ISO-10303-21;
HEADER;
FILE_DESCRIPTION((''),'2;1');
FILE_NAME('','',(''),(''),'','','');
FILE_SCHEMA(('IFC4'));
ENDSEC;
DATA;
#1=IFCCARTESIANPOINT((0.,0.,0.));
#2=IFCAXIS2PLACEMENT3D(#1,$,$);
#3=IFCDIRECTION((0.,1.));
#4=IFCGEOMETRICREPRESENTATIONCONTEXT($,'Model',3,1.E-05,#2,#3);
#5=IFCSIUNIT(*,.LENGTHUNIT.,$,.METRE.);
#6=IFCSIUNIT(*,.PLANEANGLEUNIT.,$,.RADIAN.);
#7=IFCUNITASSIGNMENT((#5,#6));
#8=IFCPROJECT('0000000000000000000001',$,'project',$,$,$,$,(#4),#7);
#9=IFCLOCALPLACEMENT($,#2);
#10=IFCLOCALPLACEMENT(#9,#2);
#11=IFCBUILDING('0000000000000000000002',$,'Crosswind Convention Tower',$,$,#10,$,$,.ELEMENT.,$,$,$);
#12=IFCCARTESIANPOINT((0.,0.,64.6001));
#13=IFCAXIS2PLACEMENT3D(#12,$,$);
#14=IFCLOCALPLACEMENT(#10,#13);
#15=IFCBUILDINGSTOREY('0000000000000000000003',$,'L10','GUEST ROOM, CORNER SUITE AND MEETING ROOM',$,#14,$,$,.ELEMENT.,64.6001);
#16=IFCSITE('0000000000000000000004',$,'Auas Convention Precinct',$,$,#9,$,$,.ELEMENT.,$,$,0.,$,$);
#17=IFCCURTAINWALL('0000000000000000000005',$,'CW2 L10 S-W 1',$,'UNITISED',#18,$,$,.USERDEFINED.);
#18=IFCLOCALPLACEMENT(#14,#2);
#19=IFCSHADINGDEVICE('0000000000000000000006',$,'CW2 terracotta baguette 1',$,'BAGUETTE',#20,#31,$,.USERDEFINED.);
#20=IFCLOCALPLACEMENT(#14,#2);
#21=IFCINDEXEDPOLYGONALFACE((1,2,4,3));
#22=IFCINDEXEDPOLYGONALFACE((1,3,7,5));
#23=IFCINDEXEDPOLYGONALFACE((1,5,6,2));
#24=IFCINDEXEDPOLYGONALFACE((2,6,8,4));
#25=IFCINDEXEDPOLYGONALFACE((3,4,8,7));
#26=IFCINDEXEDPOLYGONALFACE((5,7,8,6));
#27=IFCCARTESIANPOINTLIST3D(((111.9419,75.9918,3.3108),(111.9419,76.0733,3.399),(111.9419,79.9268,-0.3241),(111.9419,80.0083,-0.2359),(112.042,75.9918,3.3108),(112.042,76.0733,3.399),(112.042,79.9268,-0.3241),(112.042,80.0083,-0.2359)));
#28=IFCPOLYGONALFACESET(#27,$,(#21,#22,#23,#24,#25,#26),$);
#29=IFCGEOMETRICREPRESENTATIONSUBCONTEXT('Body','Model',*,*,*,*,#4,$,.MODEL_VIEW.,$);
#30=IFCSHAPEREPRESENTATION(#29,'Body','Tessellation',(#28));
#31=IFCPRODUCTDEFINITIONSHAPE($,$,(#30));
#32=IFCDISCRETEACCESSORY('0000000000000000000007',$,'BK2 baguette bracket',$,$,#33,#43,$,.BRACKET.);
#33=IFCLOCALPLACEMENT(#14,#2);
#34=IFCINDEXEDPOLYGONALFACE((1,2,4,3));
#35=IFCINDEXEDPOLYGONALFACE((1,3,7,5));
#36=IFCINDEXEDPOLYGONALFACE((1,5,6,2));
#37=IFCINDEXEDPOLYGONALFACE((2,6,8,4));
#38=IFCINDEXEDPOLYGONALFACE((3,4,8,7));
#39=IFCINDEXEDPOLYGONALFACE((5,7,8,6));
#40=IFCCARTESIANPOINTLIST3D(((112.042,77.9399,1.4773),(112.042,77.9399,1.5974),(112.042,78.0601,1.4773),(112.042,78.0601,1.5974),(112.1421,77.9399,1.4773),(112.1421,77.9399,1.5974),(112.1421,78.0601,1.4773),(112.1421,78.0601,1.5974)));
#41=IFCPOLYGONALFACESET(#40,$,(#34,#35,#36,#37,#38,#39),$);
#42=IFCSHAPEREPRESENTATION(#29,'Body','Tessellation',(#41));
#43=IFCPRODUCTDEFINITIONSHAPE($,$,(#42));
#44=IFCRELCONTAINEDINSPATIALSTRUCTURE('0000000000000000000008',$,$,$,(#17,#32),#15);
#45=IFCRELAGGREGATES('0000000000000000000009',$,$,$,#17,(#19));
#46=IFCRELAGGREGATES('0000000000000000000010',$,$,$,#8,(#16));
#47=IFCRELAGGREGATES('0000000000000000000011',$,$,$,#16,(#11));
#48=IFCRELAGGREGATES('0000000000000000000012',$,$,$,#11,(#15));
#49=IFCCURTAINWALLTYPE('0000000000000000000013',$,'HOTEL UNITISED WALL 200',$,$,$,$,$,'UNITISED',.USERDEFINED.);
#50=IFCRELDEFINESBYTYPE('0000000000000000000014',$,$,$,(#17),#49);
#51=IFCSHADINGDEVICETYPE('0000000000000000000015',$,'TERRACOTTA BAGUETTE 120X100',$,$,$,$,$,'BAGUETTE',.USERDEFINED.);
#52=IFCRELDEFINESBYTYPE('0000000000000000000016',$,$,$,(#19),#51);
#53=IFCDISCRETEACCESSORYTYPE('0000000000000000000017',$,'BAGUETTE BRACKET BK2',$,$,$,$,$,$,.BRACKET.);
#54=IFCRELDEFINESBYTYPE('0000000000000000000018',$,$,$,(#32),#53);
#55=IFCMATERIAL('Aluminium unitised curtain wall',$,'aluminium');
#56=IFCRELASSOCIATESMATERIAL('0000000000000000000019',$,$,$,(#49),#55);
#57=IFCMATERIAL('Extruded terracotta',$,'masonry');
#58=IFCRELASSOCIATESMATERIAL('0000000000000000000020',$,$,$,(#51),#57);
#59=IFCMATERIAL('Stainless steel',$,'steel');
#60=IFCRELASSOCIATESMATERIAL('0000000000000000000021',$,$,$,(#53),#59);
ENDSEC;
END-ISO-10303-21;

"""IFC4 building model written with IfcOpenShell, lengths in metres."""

from ifc_helpers import new_model, si_unit, direction, frame, origin, origin_2d, place, context, subcontext, project, spatial, rectangle, extrude, material, material_profile, profile_set, type_object, element, aggregate, save


model = new_model("IFC4")

# Units and contexts
model_context = context("Model", 3, precision=1e-05, world=origin(), true_north=direction((0.0, 1.0)))
body_context = subcontext(model_context, "Body", "Model", "MODEL_VIEW")
ifc_project = project(units=[si_unit("LENGTHUNIT", "METRE"), si_unit("PLANEANGLEUNIT", "RADIAN")], contexts=[model_context])

# Site, building, storey
site_placement = place(None, origin())
site = spatial("IfcSite", under=ifc_project, at=site_placement, Name="Auas Convention Precinct", CompositionType="ELEMENT", RefElevation=0.0)
building_placement = place(site_placement, origin())
building = spatial("IfcBuilding", under=site, at=building_placement, Name="Crosswind Convention Tower", CompositionType="ELEMENT")
storey_placement = place(building_placement, frame((0.0, 0.0, 64.6001)))
storey = spatial("IfcBuildingStorey", under=building, at=storey_placement, Name="L10", Description="GUEST ROOM, CORNER SUITE AND MEETING ROOM", CompositionType="ELEMENT", Elevation=64.6001)

# Shared definitions
ifc_material_1 = material(Name="Aluminium unitised curtain wall", Category="aluminium")

# Curtain wall
curtain_wall_type_1 = type_object("IfcCurtainWallType", Name="HOTEL UNITISED WALL 200", ElementType="UNITISED", PredefinedType="USERDEFINED", material=ifc_material_1)
curtain_wall_1_placement = place(storey_placement, origin())
curtain_wall_1 = element("IfcCurtainWall", 1, at=curtain_wall_1_placement, inside=storey, type_object=curtain_wall_type_1, Name="CW2 L10 S-W 1", ObjectType="UNITISED", PredefinedType="USERDEFINED")

# Shading device
ifc_material_2 = material(Name="Extruded terracotta", Category="masonry")
ifc_material_profile_1 = material_profile(ifc_material_2, rectangle(XDim=0.1001, YDim=0.1201, at=origin_2d()), Name="TC 100X120")
ifc_profile_set_1 = profile_set([ifc_material_profile_1], Name="Extruded terracotta")
shading_device_type = type_object("IfcShadingDeviceType", Name="TERRACOTTA BAGUETTE 120X100", ElementType="BAGUETTE", PredefinedType="USERDEFINED", material=ifc_profile_set_1)
shading_device_placement = place(storey_placement, frame((111.9919, 79.9675, -0.28), z_axis=(0.0, -0.734557, 0.678547), x_axis=(1.0, 0.0, 0.0)))
shading_device = element("IfcShadingDevice", 2, at=shading_device_placement, type_object=shading_device_type, Name="CW2 terracotta baguette 1", ObjectType="BAGUETTE", PredefinedType="USERDEFINED", context=body_context, shape_type="SweptSolid", body=[
    extrude(rectangle(XDim=0.1001, YDim=0.1201, at=origin_2d()), origin(), (0.0, 0.0, 1.0), 5.3569),
])
aggregate(curtain_wall_1, [shading_device])

# Discrete accessory
ifc_material_3 = material(Name="Stainless steel", Category="steel")
discrete_accessory_type = type_object("IfcDiscreteAccessoryType", Name="BAGUETTE BRACKET BK2", PredefinedType="BRACKET", material=ifc_material_3)
discrete_accessory_placement = place(storey_placement, frame((112.092, 78.0, 1.4773), z_axis=(0.0, 0.0, 1.0), x_axis=(0.0, -1.0, 0.0)))
element("IfcDiscreteAccessory", 3, at=discrete_accessory_placement, inside=storey, type_object=discrete_accessory_type, Name="BK2 baguette bracket", PredefinedType="BRACKET", context=body_context, shape_type="SweptSolid", body=[
    extrude(rectangle(XDim=0.1201, YDim=0.1001, at=origin_2d()), origin(), (0.0, 0.0, 1.0), 0.1201),
])

save(model, "model.ifc")
